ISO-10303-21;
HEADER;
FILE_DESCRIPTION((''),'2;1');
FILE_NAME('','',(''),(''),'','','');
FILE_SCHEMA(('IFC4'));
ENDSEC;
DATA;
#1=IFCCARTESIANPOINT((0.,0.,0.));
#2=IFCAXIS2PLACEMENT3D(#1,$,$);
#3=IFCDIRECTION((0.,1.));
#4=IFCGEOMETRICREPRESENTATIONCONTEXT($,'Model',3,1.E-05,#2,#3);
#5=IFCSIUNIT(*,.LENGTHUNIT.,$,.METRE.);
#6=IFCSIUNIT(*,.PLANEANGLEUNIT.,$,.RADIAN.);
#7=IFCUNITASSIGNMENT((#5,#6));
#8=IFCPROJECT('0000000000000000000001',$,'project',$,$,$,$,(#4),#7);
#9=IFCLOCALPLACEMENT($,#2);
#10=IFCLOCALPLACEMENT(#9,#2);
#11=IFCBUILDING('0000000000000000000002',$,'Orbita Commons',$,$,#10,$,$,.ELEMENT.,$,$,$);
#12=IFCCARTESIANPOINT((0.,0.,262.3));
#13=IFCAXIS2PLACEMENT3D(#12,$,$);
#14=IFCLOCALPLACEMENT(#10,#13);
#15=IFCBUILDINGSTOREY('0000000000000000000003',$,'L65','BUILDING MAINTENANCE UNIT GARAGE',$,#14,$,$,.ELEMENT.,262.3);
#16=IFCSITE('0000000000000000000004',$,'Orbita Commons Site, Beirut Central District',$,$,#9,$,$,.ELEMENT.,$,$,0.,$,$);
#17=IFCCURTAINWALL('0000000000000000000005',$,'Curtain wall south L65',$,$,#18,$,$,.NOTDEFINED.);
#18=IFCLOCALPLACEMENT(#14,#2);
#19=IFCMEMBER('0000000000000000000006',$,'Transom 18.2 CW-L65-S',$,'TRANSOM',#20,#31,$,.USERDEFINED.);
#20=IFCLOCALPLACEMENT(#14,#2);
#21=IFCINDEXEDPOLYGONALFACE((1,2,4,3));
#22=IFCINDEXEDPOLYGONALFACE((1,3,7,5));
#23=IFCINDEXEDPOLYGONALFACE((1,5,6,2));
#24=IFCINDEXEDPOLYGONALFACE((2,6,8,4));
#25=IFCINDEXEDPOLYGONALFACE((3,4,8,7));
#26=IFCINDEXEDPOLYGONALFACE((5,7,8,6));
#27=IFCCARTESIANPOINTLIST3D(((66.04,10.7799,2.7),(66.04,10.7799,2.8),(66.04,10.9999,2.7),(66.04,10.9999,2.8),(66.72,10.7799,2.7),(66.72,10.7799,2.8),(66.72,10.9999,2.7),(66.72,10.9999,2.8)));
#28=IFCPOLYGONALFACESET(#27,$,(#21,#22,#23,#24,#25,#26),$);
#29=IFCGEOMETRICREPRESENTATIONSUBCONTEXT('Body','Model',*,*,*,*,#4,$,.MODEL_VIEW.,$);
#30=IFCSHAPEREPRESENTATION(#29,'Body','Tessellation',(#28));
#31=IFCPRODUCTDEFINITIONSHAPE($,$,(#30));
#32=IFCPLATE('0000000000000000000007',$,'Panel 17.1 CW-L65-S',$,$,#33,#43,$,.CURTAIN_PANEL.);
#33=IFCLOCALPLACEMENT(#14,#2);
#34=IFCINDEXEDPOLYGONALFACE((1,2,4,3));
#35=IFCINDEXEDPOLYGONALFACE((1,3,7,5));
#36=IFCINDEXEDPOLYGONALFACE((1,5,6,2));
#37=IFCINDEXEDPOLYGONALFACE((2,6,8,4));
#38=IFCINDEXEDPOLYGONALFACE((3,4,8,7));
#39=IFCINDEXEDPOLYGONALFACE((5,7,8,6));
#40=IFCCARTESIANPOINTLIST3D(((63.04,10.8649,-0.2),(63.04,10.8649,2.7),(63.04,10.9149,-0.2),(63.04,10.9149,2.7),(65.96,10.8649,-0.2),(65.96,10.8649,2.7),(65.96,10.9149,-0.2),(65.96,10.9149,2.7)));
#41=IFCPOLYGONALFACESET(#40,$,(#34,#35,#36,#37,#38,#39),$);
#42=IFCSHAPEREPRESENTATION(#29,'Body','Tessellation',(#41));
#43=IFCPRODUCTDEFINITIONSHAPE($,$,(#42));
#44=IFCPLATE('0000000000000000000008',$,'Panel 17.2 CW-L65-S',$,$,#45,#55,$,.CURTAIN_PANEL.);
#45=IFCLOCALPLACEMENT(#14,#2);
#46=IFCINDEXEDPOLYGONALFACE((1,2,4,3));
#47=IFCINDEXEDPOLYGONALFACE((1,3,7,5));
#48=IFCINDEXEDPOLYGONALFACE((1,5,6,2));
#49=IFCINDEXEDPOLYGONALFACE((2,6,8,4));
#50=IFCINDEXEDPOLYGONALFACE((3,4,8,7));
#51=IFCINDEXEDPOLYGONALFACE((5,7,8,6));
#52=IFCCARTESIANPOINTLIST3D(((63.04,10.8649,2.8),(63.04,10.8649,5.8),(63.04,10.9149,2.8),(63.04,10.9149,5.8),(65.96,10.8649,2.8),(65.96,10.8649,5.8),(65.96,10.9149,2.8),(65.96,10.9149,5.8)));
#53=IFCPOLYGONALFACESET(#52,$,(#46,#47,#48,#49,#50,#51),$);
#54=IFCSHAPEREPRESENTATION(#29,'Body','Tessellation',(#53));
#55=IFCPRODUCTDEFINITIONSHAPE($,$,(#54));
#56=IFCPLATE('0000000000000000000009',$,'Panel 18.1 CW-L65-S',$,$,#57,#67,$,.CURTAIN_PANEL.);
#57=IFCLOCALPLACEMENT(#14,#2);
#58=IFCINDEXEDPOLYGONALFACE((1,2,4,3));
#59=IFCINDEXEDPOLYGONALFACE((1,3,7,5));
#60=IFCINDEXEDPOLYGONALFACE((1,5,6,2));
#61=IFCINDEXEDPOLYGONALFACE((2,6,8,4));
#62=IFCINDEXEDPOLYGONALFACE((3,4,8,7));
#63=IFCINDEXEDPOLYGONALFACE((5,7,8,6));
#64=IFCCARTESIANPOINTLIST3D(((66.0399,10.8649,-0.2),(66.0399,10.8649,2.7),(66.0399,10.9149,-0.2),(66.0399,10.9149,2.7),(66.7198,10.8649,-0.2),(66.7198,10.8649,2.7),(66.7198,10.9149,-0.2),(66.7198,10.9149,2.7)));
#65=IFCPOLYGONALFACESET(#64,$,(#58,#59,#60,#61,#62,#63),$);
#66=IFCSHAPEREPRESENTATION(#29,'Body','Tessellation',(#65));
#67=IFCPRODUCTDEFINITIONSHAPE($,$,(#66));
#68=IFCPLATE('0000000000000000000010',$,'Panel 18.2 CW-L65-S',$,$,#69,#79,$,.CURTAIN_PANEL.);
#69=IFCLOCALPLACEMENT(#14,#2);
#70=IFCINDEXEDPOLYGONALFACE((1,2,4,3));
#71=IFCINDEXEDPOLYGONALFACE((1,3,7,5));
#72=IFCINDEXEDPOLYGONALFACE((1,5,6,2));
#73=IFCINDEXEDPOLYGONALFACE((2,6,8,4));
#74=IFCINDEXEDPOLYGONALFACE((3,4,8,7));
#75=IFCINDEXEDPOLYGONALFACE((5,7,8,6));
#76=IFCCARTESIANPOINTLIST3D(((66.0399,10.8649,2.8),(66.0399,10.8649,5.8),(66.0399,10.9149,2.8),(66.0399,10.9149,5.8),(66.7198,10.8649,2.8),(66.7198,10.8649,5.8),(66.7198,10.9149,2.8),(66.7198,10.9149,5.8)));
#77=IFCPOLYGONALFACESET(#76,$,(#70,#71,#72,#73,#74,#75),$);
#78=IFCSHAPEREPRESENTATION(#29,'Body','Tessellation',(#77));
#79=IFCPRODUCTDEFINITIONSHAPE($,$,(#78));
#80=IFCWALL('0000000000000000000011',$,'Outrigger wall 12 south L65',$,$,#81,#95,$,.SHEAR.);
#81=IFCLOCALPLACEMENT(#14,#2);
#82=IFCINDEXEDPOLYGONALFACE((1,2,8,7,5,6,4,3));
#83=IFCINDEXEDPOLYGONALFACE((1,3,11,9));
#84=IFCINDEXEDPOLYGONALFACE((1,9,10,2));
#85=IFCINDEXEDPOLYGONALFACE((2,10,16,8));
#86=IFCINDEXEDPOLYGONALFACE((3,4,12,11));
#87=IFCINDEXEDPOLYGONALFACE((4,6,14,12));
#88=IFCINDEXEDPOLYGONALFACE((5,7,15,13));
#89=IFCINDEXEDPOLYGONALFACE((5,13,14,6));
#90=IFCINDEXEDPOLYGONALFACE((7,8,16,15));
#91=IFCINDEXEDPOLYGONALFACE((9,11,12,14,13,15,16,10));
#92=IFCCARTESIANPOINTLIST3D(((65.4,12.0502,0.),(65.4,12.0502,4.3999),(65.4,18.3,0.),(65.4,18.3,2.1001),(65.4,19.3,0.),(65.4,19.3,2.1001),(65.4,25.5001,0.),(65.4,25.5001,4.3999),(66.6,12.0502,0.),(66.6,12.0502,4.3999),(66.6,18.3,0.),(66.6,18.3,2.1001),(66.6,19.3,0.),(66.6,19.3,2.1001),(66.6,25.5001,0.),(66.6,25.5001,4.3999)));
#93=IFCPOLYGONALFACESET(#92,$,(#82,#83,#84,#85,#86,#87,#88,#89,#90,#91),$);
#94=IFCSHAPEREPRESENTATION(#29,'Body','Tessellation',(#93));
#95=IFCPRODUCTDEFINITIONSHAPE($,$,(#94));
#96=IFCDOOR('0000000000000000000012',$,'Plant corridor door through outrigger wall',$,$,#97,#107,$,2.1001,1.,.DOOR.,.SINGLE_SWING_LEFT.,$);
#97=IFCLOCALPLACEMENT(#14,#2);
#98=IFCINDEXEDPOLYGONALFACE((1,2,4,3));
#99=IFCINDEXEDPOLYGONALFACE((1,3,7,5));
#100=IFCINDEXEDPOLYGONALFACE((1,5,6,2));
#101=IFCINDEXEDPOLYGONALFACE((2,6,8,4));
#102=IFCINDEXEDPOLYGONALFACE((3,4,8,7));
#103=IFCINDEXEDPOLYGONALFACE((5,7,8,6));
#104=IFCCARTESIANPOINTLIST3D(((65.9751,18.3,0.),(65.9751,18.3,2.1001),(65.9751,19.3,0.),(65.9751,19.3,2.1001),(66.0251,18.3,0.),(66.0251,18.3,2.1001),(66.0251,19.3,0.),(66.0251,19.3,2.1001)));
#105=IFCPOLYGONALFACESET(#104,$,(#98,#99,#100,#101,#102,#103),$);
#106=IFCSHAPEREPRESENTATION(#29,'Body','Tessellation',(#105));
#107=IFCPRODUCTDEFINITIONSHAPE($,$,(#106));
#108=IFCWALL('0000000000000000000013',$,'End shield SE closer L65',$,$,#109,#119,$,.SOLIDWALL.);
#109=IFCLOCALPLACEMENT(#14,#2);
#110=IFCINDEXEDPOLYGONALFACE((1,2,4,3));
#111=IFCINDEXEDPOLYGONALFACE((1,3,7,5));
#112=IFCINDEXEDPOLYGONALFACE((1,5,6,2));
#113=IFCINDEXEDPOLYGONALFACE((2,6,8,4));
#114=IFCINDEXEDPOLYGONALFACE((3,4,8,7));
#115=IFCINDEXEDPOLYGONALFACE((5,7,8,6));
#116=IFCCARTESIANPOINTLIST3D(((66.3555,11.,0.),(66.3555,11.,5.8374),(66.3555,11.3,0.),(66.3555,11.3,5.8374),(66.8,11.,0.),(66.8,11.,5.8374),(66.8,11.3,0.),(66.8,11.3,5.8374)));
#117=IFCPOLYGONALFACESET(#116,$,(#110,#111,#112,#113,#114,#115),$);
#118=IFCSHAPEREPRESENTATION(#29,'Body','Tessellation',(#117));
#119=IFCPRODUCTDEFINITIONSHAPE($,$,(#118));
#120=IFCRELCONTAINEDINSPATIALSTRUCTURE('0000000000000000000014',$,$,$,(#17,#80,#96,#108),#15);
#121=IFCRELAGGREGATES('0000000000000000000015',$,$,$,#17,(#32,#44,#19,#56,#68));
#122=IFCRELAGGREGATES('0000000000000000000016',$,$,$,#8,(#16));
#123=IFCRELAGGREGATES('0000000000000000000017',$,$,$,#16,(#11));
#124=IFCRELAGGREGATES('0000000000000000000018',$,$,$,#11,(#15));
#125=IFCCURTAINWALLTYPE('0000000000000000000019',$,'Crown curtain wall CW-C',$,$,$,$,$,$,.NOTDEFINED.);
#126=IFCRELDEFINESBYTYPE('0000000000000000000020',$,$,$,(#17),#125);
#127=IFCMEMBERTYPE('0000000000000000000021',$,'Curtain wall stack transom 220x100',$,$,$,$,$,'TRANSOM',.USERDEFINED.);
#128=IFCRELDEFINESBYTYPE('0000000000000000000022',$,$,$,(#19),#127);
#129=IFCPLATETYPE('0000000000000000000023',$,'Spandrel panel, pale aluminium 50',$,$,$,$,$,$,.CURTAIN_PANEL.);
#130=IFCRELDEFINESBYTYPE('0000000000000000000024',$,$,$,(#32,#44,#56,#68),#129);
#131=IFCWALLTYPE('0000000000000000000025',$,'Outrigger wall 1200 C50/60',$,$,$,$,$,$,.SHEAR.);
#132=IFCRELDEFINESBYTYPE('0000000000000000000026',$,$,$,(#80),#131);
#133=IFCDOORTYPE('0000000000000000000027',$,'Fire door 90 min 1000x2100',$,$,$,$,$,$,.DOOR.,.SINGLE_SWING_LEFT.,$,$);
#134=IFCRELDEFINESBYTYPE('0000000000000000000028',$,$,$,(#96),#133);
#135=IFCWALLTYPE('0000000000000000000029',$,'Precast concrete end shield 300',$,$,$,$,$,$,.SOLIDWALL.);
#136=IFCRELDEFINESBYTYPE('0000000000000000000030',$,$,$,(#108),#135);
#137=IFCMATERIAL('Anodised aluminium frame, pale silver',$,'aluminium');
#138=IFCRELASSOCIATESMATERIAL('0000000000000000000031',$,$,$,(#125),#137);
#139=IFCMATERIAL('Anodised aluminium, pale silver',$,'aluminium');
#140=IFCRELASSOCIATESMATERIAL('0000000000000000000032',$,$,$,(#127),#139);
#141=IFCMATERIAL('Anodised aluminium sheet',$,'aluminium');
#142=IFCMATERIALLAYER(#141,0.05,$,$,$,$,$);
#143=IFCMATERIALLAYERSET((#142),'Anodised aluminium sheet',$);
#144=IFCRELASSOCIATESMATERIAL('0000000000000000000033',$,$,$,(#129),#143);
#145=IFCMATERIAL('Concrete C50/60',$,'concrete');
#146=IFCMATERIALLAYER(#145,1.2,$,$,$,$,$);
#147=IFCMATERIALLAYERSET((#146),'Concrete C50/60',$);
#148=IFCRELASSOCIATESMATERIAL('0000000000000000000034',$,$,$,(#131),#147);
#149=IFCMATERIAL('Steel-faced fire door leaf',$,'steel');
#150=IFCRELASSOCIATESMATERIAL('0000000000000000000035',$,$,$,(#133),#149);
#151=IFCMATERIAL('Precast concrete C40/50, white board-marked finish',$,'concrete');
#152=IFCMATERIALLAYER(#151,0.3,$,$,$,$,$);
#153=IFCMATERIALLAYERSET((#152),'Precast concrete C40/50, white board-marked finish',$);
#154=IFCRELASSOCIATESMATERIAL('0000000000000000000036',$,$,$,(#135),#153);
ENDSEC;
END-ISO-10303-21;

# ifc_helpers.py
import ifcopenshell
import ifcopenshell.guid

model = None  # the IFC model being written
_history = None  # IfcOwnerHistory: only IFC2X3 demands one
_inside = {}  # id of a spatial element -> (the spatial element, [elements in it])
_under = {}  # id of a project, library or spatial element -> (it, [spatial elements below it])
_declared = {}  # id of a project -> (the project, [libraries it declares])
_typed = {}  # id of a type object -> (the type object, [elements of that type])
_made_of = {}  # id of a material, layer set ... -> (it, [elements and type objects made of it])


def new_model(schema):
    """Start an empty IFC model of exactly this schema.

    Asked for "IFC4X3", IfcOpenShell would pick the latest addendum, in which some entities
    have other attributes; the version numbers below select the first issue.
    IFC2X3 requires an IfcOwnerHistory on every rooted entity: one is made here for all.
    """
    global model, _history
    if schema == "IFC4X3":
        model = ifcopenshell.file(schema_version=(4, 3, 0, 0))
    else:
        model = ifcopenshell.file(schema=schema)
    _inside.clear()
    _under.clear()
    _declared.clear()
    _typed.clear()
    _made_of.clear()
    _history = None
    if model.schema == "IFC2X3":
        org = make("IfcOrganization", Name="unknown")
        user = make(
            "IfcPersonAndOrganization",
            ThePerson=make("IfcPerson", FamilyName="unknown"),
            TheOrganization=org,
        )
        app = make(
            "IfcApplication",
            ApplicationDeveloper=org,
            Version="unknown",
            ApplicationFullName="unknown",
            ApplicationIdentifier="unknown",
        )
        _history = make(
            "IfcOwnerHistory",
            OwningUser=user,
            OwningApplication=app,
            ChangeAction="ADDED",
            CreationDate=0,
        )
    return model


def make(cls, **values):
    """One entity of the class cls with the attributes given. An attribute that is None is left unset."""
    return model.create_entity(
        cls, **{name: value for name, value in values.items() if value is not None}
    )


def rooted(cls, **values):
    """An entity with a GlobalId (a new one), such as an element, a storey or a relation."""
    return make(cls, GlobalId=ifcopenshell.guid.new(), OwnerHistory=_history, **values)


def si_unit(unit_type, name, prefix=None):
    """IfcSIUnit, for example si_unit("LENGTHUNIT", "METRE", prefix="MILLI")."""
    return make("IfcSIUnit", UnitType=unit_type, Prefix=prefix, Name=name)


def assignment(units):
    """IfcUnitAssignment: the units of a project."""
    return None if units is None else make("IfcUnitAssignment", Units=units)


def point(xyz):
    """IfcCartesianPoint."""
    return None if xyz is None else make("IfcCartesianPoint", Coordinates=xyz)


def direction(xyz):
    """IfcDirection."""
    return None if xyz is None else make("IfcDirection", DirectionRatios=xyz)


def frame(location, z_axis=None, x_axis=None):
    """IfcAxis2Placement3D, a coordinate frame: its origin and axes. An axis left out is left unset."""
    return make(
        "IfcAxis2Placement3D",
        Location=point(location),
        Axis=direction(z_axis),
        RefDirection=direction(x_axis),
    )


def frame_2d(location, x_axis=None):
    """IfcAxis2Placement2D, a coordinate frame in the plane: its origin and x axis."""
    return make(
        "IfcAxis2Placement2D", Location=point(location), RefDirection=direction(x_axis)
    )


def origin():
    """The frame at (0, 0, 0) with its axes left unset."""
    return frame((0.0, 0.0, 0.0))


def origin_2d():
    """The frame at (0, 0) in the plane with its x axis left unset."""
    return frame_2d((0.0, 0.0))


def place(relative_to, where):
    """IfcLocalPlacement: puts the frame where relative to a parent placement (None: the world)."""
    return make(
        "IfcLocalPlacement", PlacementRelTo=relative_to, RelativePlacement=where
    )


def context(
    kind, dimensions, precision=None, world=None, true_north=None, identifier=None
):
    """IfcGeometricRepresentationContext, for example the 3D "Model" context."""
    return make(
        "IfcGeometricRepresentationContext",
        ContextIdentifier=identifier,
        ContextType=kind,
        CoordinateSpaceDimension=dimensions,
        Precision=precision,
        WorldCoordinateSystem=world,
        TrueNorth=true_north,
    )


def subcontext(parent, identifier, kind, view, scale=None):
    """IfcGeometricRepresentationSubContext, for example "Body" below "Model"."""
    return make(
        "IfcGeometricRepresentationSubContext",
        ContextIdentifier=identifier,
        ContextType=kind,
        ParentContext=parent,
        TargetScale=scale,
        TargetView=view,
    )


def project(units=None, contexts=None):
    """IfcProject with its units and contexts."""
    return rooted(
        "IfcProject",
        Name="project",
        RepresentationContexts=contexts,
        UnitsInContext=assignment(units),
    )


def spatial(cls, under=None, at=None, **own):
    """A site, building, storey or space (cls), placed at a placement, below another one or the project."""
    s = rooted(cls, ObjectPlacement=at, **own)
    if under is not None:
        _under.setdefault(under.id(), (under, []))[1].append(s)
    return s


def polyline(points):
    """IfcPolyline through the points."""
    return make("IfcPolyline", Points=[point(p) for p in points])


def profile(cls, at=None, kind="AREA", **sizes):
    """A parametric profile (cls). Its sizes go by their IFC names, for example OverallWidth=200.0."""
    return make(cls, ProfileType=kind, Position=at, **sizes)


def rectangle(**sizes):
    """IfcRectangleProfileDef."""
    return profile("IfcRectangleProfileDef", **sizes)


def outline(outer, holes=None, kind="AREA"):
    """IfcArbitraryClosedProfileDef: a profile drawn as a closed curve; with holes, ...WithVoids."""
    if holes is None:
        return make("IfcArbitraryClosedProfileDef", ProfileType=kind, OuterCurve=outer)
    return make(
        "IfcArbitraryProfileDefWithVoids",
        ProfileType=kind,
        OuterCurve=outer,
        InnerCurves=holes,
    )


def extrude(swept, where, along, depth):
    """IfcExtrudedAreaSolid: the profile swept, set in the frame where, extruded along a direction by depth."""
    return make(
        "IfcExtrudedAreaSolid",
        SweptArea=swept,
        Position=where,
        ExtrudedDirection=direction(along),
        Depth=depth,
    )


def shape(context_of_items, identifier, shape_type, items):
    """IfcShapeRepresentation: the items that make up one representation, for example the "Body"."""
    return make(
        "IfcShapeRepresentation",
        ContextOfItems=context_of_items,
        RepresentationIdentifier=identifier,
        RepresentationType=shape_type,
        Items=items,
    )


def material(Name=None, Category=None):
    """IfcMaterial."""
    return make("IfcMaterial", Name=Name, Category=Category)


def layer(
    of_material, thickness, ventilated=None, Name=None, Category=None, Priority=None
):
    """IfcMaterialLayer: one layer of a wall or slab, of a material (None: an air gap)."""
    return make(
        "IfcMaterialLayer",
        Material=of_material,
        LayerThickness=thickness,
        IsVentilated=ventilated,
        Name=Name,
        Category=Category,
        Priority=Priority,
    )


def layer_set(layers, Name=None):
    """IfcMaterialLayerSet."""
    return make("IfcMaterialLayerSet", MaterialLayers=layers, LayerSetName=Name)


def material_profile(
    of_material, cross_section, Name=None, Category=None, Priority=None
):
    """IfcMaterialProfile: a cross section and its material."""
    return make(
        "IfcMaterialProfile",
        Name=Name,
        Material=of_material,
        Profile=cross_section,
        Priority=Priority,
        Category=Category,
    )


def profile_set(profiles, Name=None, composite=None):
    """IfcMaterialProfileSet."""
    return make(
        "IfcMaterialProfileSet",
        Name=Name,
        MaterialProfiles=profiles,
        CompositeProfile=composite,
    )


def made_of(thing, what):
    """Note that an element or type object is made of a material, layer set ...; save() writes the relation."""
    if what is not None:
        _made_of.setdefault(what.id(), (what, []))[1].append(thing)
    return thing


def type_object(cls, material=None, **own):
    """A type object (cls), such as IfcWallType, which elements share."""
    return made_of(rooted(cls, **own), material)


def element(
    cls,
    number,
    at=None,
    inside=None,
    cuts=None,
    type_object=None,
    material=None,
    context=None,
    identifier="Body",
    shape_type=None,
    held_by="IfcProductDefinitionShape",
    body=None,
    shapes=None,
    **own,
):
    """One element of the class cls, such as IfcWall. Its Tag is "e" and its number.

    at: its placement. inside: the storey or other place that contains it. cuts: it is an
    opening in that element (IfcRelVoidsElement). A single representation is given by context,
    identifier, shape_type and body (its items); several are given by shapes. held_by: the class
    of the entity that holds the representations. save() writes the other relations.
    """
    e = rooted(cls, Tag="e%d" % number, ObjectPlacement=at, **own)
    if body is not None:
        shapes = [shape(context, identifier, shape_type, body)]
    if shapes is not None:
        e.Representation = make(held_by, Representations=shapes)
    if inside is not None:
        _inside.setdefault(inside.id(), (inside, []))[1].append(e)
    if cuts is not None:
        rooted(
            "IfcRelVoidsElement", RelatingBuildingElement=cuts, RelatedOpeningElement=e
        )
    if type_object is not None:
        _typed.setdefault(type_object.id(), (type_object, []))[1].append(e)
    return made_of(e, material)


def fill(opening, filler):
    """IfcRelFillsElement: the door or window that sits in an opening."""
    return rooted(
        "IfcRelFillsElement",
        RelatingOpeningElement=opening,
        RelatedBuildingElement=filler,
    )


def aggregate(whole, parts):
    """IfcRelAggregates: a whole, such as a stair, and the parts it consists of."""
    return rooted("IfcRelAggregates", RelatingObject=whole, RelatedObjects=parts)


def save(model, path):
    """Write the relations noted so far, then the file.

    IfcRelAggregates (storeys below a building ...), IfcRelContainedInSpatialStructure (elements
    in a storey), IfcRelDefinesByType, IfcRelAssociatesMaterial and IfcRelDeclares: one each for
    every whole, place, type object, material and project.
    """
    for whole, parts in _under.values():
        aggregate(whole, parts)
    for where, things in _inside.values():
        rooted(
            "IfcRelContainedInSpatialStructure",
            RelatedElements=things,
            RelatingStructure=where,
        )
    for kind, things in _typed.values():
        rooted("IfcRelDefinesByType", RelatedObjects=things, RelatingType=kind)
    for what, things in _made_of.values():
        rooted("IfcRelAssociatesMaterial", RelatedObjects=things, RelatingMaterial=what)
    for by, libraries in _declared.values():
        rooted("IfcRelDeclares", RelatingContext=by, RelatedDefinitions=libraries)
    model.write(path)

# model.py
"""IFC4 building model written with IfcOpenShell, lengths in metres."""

from ifc_helpers import new_model, si_unit, direction, frame, frame_2d, origin, origin_2d, place, context, subcontext, project, spatial, polyline, rectangle, outline, extrude, material, layer, layer_set, material_profile, profile_set, type_object, element, fill, aggregate, save


model = new_model("IFC4")

# Units and contexts
model_context = context("Model", 3, precision=1e-05, world=origin(), true_north=direction((0.0, 1.0)))
body_context = subcontext(model_context, "Body", "Model", "MODEL_VIEW")
ifc_project = project(units=[si_unit("LENGTHUNIT", "METRE"), si_unit("PLANEANGLEUNIT", "RADIAN")], contexts=[model_context])

# Site, building, storey
site_placement = place(None, origin())
site = spatial("IfcSite", under=ifc_project, at=site_placement, Name="Orbita Commons Site, Beirut Central District", CompositionType="ELEMENT", RefElevation=0.0)
building_placement = place(site_placement, origin())
building = spatial("IfcBuilding", under=site, at=building_placement, Name="Orbita Commons", CompositionType="ELEMENT")
storey_placement = place(building_placement, frame((0.0, 0.0, 262.3)))
storey = spatial("IfcBuildingStorey", under=building, at=storey_placement, Name="L65", Description="BUILDING MAINTENANCE UNIT GARAGE", CompositionType="ELEMENT", Elevation=262.3)

# Curtain wall, member
ifc_material_1 = material(Name="Anodised aluminium frame, pale silver", Category="aluminium")
curtain_wall_type = type_object("IfcCurtainWallType", Name="Crown curtain wall CW-C", PredefinedType="NOTDEFINED", material=ifc_material_1)
curtain_wall_placement = place(storey_placement, origin())
curtain_wall = element("IfcCurtainWall", 1, at=curtain_wall_placement, inside=storey, type_object=curtain_wall_type, Name="Curtain wall south L65", PredefinedType="NOTDEFINED")
ifc_material_2 = material(Name="Anodised aluminium, pale silver", Category="aluminium")
ifc_material_profile_1 = material_profile(ifc_material_2, rectangle(XDim=0.22, YDim=0.1001, at=origin_2d()), Name="AL 220x100")
ifc_profile_set_1 = profile_set([ifc_material_profile_1], Name="Anodised aluminium, pale silver")
member_type_1 = type_object("IfcMemberType", Name="Curtain wall stack transom 220x100", ElementType="TRANSOM", PredefinedType="USERDEFINED", material=ifc_profile_set_1)
member_1_placement = place(storey_placement, frame((66.04, 10.8899, 2.75), z_axis=(1.0, 0.0, 0.0), x_axis=(0.0, 1.0, 0.0)))
member_1 = element("IfcMember", 2, at=member_1_placement, type_object=member_type_1, Name="Transom 18.2 CW-L65-S", ObjectType="TRANSOM", PredefinedType="USERDEFINED", context=body_context, shape_type="SweptSolid", body=[
    extrude(rectangle(XDim=0.22, YDim=0.1001, at=origin_2d()), origin(), (0.0, 0.0, 1.0), 0.6799),
])

# Plates
ifc_material_3 = material(Name="Anodised aluminium sheet", Category="aluminium")
ifc_layer_1 = layer(ifc_material_3, 0.05)
ifc_layer_set_1 = layer_set([ifc_layer_1], Name="Anodised aluminium sheet")
plate_type = type_object("IfcPlateType", Name="Spandrel panel, pale aluminium 50", PredefinedType="CURTAIN_PANEL", material=ifc_layer_set_1)
plate_1_placement = place(storey_placement, frame((64.5, 10.8899, -0.2), z_axis=(0.0, 0.0, 1.0), x_axis=(1.0, 0.0, 0.0)))
plate_1 = element("IfcPlate", 3, at=plate_1_placement, type_object=plate_type, Name="Panel 17.1 CW-L65-S", PredefinedType="CURTAIN_PANEL", context=body_context, shape_type="SweptSolid", body=[
    extrude(rectangle(XDim=2.9199, YDim=0.05, at=origin_2d()), origin(), (0.0, 0.0, 1.0), 2.8999),
])
plate_2_placement = place(storey_placement, frame((64.5, 10.8899, 2.8), z_axis=(0.0, 0.0, 1.0), x_axis=(1.0, 0.0, 0.0)))
plate_2 = element("IfcPlate", 4, at=plate_2_placement, type_object=plate_type, Name="Panel 17.2 CW-L65-S", PredefinedType="CURTAIN_PANEL", context=body_context, shape_type="SweptSolid", body=[
    extrude(rectangle(XDim=2.9199, YDim=0.05, at=origin_2d()), origin(), (0.0, 0.0, 1.0), 3.0),
])
plate_3_placement = place(storey_placement, frame((66.3799, 10.8899, -0.2), z_axis=(0.0, 0.0, 1.0), x_axis=(1.0, 0.0, 0.0)))
plate_3 = element("IfcPlate", 5, at=plate_3_placement, type_object=plate_type, Name="Panel 18.1 CW-L65-S", PredefinedType="CURTAIN_PANEL", context=body_context, shape_type="SweptSolid", body=[
    extrude(rectangle(XDim=0.6799, YDim=0.05, at=origin_2d()), origin(), (0.0, 0.0, 1.0), 2.8999),
])
plate_4_placement = place(storey_placement, frame((66.3799, 10.8899, 2.8), z_axis=(0.0, 0.0, 1.0), x_axis=(1.0, 0.0, 0.0)))
plate_4 = element("IfcPlate", 6, at=plate_4_placement, type_object=plate_type, Name="Panel 18.2 CW-L65-S", PredefinedType="CURTAIN_PANEL", context=body_context, shape_type="SweptSolid", body=[
    extrude(rectangle(XDim=0.6799, YDim=0.05, at=origin_2d()), origin(), (0.0, 0.0, 1.0), 3.0),
])
aggregate(curtain_wall, [plate_1, plate_2, member_1, plate_3, plate_4])

# Wall, opening, door
ifc_material_4 = material(Name="Concrete C50/60", Category="concrete")
ifc_layer_2 = layer(ifc_material_4, 1.2)
ifc_layer_set_2 = layer_set([ifc_layer_2], Name="Concrete C50/60")
wall_type_1 = type_object("IfcWallType", Name="Outrigger wall 1200 C50/60", PredefinedType="SHEAR", material=ifc_layer_set_2)
wall_1_placement = place(storey_placement, frame((66.0, 12.05, 0.0), z_axis=(0.0, 0.0, 1.0), x_axis=(0.0, 1.0, 0.0)))
wall_1 = element("IfcWall", 7, at=wall_1_placement, inside=storey, type_object=wall_type_1, Name="Outrigger wall 12 south L65", PredefinedType="SHEAR", context=body_context, shape_type="SweptSolid", body=[
    extrude(rectangle(XDim=13.45, YDim=1.2, at=frame_2d((6.7251, 0.0))), origin(), (0.0, 0.0, 1.0), 4.3999),
])
opening_placement = place(wall_1_placement, frame((6.25, 0.0, 0.0)))
opening = element("IfcOpeningElement", 8, at=opening_placement, cuts=wall_1, PredefinedType="OPENING", context=body_context, shape_type="SweptSolid", body=[
    extrude(rectangle(XDim=1.0, YDim=2.1001, at=frame_2d((0.5, 1.05))), frame((0.0, 0.6099, 0.0), z_axis=(0.0, -1.0, 0.0), x_axis=(1.0, 0.0, 0.0)), (0.0, 0.0, 1.0), 1.22),
])
ifc_material_5 = material(Name="Steel-faced fire door leaf", Category="steel")
door_type = type_object("IfcDoorType", Name="Fire door 90 min 1000x2100", OperationType="SINGLE_SWING_LEFT", PredefinedType="DOOR", material=ifc_material_5)
door_placement = place(opening_placement, origin())
door = element("IfcDoor", 9, at=door_placement, inside=storey, type_object=door_type, Name="Plant corridor door through outrigger wall", OperationType="SINGLE_SWING_LEFT", OverallHeight=2.1001, OverallWidth=1.0, PredefinedType="DOOR", context=body_context, shape_type="SweptSolid", body=[
    extrude(rectangle(XDim=1.0, YDim=2.1001, at=frame_2d((0.5, 1.05))), frame((0.0, 0.0249, 0.0), z_axis=(0.0, -1.0, 0.0), x_axis=(1.0, 0.0, 0.0)), (0.0, 0.0, 1.0), 0.05),
])
fill(opening, door)

# Wall
ifc_material_6 = material(Name="Precast concrete C40/50, white board-marked finish", Category="concrete")
ifc_layer_3 = layer(ifc_material_6, 0.3)
ifc_layer_set_3 = layer_set([ifc_layer_3], Name="Precast concrete C40/50, white board-marked finish")
wall_type_2 = type_object("IfcWallType", Name="Precast concrete end shield 300", PredefinedType="SOLIDWALL", material=ifc_layer_set_3)
wall_2_placement = place(storey_placement, frame((66.8, 11.1499, 0.0), z_axis=(0.0, 0.0, 1.0), x_axis=(-1.0, 0.0, 0.0)))
element("IfcWall", 10, at=wall_2_placement, inside=storey, type_object=wall_type_2, Name="End shield SE closer L65", PredefinedType="SOLIDWALL", context=body_context, shape_type="SweptSolid", body=[
    extrude(outline(polyline([(0.0, 0.0), (0.4446, 0.0), (0.4446, 5.8374), (0.0, 5.8374), (0.0, 0.0)])), frame((0.0, 0.1499, 0.0), z_axis=(0.0, -1.0, 0.0), x_axis=(1.0, 0.0, 0.0)), (0.0, 0.0, 1.0), 0.3),
])

save(model, "model.ifc")
